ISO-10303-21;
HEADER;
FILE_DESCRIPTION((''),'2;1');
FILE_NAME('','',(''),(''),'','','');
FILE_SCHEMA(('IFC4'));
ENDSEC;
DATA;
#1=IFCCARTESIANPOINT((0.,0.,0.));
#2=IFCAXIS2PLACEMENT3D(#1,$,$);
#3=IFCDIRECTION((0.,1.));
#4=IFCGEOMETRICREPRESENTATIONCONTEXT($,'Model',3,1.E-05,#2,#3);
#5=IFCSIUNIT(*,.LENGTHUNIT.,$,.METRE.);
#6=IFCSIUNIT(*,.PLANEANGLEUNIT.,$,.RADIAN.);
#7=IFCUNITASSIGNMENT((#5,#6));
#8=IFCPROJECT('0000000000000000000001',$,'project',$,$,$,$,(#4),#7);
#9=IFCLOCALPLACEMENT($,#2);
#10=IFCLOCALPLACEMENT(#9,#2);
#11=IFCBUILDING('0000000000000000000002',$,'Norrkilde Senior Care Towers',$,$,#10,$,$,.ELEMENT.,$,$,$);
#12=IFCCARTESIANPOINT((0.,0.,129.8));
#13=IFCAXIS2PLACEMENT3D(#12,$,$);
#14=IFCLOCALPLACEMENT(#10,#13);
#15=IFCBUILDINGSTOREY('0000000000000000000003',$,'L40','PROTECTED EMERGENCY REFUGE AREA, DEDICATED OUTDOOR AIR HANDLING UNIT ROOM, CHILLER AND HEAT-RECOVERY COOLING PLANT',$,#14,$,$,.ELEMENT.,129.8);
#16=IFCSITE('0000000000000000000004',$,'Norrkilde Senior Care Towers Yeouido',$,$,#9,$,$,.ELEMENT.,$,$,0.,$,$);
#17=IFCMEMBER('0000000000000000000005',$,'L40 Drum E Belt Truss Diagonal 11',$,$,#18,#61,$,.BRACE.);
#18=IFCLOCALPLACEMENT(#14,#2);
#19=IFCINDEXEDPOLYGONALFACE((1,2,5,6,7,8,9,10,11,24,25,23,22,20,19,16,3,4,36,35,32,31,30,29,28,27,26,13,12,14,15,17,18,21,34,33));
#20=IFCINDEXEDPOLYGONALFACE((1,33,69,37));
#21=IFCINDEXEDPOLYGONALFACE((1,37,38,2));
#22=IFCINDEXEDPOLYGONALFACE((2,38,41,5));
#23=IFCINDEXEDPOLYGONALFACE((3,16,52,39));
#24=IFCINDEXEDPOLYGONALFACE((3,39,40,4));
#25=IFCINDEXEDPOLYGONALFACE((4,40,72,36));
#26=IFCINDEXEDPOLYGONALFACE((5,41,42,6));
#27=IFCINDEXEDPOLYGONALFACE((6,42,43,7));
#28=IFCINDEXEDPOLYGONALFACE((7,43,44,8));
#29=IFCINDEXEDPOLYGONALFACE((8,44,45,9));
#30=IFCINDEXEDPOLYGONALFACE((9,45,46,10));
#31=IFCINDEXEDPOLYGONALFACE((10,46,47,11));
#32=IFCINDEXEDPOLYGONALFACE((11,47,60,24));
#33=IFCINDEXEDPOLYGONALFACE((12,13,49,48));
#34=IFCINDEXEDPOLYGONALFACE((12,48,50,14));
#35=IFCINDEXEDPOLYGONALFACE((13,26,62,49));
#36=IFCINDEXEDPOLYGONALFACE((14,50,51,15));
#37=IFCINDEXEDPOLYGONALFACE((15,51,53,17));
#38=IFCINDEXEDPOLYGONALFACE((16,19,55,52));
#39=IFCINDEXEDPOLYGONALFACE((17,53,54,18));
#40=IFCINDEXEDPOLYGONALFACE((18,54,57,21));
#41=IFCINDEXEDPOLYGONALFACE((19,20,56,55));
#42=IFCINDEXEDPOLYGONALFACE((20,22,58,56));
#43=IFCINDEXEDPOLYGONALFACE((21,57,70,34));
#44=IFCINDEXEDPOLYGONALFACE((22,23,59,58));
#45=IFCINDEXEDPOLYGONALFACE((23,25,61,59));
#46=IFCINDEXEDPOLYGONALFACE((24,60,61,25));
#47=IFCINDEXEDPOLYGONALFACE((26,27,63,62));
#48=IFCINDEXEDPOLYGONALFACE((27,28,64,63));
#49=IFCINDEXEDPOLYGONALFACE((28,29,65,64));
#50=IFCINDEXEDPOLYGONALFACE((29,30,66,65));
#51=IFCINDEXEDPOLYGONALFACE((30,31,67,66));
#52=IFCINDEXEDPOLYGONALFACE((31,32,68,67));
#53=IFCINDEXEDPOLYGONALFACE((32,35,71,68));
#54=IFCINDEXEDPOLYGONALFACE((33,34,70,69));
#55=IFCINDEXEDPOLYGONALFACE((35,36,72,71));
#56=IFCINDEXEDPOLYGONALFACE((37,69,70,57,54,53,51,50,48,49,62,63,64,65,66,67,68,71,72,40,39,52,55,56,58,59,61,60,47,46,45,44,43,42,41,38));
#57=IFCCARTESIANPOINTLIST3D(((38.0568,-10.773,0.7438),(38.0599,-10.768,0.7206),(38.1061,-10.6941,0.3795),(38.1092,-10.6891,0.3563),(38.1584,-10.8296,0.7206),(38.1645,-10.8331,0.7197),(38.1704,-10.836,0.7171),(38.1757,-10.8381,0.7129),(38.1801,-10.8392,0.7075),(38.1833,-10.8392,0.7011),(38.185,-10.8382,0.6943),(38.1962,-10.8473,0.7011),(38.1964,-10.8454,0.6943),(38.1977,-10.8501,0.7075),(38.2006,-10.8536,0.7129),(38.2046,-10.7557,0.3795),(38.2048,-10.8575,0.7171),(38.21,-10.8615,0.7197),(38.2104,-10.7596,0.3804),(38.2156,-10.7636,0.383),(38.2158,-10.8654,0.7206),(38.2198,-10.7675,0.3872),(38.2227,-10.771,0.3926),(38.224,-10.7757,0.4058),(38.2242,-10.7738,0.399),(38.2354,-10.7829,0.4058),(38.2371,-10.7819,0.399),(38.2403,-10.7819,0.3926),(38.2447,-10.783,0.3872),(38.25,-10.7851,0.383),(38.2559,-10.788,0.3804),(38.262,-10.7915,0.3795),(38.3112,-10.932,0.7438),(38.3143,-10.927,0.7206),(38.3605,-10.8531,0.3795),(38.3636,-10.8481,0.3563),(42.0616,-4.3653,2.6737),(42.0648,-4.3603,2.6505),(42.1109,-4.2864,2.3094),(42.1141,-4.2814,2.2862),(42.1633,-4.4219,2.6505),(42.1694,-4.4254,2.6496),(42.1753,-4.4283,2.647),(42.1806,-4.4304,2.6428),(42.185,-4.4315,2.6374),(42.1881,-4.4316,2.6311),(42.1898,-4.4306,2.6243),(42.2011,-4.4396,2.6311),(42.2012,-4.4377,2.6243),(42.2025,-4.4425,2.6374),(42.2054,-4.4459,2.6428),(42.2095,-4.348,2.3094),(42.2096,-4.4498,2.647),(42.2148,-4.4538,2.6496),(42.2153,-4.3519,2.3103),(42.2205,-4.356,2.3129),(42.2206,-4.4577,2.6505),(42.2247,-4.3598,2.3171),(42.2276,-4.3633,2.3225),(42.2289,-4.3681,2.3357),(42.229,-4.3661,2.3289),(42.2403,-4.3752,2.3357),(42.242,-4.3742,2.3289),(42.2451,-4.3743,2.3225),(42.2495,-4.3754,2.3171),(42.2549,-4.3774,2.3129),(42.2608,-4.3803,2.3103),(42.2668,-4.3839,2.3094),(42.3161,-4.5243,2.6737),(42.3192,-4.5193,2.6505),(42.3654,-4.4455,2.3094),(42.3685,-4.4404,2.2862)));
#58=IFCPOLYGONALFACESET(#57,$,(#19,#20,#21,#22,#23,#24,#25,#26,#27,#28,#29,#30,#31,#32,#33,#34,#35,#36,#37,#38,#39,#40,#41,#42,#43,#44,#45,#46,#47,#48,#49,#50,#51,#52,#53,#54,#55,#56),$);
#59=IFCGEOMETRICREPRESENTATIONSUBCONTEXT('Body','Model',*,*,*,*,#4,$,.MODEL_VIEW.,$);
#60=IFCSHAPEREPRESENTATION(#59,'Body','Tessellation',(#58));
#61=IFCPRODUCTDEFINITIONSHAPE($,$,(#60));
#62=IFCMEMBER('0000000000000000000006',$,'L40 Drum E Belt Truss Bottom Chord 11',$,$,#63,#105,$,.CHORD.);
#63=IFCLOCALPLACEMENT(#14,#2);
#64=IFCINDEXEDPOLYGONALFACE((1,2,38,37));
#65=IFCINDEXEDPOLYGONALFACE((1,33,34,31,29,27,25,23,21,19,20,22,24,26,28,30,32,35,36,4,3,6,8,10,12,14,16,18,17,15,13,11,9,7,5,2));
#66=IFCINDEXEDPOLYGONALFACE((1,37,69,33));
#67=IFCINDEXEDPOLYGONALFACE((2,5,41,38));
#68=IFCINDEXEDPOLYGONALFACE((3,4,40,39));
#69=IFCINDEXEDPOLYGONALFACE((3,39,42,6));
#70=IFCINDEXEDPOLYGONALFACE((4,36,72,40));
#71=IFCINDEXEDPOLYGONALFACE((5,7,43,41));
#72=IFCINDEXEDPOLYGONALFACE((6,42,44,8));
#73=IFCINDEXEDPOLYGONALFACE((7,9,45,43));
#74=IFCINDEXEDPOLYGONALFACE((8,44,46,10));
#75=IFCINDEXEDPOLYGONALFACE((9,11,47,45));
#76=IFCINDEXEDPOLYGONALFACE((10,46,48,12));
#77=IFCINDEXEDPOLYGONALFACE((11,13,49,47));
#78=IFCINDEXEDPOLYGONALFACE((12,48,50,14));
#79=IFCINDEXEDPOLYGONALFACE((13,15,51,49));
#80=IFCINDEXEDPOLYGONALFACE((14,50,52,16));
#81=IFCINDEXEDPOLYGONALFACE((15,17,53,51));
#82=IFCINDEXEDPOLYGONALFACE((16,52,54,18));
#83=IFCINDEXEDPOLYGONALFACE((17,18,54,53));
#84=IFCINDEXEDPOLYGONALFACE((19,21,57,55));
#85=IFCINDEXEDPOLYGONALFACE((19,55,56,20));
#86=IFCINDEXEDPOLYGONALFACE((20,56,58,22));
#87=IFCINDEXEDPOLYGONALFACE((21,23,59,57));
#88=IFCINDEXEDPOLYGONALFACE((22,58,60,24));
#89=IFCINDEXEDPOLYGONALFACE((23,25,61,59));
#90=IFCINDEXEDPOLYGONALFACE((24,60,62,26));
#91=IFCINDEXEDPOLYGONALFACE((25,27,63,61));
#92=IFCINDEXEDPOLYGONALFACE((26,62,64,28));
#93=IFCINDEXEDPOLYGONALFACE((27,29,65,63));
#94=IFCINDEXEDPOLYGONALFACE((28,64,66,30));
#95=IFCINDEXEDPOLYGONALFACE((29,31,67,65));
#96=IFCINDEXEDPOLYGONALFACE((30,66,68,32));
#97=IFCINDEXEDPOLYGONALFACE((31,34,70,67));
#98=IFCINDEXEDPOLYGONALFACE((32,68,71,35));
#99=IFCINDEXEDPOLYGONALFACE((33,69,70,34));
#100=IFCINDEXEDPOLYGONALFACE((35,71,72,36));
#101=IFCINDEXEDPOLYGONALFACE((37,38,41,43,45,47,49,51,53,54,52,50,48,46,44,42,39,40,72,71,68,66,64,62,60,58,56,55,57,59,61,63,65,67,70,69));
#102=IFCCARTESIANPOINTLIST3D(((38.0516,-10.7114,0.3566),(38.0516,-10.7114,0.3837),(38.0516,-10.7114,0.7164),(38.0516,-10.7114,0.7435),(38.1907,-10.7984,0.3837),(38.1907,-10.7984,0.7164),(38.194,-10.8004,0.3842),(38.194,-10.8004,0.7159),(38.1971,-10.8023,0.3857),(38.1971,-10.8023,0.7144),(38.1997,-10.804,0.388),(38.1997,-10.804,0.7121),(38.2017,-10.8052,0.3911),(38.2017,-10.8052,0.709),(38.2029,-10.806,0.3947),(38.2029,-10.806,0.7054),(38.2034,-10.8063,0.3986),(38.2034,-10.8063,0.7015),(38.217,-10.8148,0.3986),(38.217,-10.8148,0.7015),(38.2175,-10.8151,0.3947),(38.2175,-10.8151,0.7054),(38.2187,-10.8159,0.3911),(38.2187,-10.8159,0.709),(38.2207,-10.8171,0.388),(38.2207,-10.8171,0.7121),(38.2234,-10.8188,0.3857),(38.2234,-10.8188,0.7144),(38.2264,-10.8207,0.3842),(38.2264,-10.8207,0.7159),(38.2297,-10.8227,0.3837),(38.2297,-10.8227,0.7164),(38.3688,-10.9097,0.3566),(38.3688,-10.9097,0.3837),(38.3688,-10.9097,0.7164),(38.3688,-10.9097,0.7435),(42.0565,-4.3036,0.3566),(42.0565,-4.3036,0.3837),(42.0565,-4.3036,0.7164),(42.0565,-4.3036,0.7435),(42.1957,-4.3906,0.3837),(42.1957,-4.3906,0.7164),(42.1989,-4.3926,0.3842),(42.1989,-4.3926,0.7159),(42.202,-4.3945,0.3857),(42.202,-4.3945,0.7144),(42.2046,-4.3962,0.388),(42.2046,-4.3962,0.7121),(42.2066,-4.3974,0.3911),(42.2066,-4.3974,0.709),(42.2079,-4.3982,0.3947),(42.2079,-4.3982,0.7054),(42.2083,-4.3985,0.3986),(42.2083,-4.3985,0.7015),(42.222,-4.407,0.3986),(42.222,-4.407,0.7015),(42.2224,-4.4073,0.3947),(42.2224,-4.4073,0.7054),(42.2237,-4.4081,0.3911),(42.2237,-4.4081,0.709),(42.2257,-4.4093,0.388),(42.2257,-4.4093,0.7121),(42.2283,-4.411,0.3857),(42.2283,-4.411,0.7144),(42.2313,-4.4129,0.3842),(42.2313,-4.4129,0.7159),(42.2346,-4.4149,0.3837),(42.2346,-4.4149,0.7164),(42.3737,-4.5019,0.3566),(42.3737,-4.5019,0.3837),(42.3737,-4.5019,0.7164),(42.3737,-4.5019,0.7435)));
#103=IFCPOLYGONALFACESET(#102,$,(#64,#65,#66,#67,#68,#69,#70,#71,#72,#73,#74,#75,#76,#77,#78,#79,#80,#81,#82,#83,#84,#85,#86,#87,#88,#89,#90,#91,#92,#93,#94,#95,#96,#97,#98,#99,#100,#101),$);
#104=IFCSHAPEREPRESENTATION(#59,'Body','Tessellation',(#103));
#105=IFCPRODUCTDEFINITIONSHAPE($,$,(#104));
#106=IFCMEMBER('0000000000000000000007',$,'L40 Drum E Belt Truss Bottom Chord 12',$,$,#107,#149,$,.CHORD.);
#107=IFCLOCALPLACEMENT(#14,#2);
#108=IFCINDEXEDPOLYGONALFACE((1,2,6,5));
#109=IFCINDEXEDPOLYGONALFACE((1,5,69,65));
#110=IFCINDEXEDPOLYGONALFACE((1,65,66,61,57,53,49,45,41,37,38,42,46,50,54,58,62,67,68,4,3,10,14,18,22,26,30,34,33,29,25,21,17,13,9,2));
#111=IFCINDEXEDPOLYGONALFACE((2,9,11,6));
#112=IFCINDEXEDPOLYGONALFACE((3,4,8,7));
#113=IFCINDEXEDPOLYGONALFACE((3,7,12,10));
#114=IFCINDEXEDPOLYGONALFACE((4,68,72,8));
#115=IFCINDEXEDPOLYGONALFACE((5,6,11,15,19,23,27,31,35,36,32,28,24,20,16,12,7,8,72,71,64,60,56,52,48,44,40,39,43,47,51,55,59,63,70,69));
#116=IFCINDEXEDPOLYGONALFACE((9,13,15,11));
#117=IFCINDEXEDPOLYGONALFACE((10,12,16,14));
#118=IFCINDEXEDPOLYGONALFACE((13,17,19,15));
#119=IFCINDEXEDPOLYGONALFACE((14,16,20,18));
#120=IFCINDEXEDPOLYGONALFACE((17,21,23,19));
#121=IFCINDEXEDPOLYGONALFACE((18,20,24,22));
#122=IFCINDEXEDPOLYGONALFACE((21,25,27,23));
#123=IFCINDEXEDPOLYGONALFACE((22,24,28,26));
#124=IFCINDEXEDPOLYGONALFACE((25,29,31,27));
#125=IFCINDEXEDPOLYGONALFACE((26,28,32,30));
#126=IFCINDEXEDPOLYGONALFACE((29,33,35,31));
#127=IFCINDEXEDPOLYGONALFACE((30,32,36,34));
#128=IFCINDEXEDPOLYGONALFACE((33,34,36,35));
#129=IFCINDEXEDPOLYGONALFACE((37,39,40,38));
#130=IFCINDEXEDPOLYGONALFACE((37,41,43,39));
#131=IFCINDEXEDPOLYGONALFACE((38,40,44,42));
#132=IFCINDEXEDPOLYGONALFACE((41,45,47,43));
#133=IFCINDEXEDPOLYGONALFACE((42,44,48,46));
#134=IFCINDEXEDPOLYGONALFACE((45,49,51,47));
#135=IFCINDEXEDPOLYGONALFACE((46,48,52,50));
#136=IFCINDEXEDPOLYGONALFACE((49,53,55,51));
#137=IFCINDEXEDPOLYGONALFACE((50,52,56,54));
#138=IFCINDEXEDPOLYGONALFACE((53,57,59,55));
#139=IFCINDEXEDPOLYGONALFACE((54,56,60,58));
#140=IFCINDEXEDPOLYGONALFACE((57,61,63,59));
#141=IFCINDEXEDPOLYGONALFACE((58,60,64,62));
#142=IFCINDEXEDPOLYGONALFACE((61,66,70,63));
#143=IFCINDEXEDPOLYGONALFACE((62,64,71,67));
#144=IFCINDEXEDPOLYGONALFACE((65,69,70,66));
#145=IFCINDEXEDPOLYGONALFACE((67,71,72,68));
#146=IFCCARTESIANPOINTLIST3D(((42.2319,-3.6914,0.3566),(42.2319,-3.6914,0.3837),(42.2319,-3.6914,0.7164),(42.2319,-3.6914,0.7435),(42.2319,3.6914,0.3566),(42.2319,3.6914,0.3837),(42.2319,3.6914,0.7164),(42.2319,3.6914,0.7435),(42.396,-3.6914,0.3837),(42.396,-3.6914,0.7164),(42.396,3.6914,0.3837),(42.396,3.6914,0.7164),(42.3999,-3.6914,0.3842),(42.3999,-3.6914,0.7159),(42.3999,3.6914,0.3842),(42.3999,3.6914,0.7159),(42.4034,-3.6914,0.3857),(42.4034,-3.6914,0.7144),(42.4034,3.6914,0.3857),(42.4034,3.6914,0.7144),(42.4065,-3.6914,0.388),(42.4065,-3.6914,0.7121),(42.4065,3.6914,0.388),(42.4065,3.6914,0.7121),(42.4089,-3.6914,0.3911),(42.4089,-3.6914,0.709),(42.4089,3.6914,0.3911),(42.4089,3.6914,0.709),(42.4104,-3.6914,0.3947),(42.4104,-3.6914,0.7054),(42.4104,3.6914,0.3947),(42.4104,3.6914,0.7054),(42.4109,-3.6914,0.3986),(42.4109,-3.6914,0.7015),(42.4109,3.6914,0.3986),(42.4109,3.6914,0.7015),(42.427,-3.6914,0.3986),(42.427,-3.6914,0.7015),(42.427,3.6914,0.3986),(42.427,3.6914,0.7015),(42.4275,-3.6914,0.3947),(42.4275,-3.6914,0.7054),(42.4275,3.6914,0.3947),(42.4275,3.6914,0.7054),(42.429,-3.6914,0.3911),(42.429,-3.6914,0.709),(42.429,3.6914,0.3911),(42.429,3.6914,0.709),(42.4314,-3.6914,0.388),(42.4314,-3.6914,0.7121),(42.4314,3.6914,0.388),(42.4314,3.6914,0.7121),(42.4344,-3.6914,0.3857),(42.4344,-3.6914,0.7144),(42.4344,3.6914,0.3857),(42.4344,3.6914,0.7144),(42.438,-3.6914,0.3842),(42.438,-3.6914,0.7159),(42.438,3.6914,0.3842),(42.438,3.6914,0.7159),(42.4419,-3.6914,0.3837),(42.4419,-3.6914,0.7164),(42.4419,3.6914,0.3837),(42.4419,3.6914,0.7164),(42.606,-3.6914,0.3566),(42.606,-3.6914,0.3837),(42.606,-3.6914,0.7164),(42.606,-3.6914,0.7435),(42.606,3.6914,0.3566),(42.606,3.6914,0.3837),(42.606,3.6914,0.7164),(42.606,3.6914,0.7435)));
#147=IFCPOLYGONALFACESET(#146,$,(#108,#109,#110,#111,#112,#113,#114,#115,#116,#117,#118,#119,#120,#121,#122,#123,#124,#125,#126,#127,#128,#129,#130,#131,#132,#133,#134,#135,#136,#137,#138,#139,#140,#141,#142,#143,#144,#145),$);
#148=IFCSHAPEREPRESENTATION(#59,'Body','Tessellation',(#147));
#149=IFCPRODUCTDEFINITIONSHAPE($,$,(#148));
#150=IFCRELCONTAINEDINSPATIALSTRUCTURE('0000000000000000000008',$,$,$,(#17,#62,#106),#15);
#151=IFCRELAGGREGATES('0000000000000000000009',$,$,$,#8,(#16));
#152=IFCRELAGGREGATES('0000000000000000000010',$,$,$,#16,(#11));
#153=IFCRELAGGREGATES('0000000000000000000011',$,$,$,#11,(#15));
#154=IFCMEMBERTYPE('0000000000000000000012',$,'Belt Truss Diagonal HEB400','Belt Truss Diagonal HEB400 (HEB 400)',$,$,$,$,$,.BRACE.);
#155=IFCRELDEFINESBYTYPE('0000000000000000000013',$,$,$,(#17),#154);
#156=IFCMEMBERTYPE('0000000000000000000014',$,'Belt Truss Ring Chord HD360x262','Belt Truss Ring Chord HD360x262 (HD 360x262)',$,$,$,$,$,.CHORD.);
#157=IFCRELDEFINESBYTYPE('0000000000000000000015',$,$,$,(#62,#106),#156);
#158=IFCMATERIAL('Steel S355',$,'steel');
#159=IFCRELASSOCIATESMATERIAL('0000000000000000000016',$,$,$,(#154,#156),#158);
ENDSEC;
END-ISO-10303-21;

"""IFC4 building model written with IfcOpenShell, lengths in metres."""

from ifc_helpers import new_model, si_unit, direction, frame, origin, origin_2d, place, context, subcontext, project, spatial, i_section, extrude, source, transform, mapped, material, material_profile, profile_set, type_object, type_shapes, element, save


model = new_model("IFC4")

# Units and contexts
model_context = context("Model", 3, precision=1e-05, world=origin(), true_north=direction((0.0, 1.0)))
body_context = subcontext(model_context, "Body", "Model", "MODEL_VIEW")
ifc_project = project(units=[si_unit("LENGTHUNIT", "METRE"), si_unit("PLANEANGLEUNIT", "RADIAN")], contexts=[model_context])

# Site, building, storey
site_placement = place(None, origin())
site = spatial("IfcSite", under=ifc_project, at=site_placement, Name="Norrkilde Senior Care Towers Yeouido", CompositionType="ELEMENT", RefElevation=0.0)
building_placement = place(site_placement, origin())
building = spatial("IfcBuilding", under=site, at=building_placement, Name="Norrkilde Senior Care Towers", CompositionType="ELEMENT")
storey_placement = place(building_placement, frame((0.0, 0.0, 129.8)))
storey = spatial("IfcBuildingStorey", under=building, at=storey_placement, Name="L40", Description="PROTECTED EMERGENCY REFUGE AREA, DEDICATED OUTDOOR AIR HANDLING UNIT ROOM, CHILLER AND HEAT-RECOVERY COOLING PLANT", CompositionType="ELEMENT", Elevation=129.8)

# Members
ifc_material_1 = material(Name="Steel S355", Category="steel")
ifc_material_profile_1 = material_profile(ifc_material_1, i_section(OverallWidth=0.3, OverallDepth=0.3999, WebThickness=0.0134, FlangeThickness=0.0239, FilletRadius=0.0271, at=origin_2d()), Name="HEB 400")
ifc_profile_set_1 = profile_set([ifc_material_profile_1], Name="Steel S355")
member_type_1 = type_object("IfcMemberType", Name="Belt Truss Diagonal HEB400", Description="Belt Truss Diagonal HEB400 (HEB 400)", PredefinedType="BRACE", material=ifc_profile_set_1)
shared_shape_1 = source(origin(), body_context, "Body", "SweptSolid", [
    extrude(i_section(OverallWidth=0.3, OverallDepth=0.3999, WebThickness=0.0134, FlangeThickness=0.0239, FilletRadius=0.0271, at=origin_2d()), origin(), (0.0, 0.0, 1.0), 7.7988),
])
member_1_placement = place(storey_placement, frame((38.2102, -10.8105, 0.55), z_axis=(0.51352, 0.82162, 0.247463), x_axis=(-0.847995, 0.530005, 0.0)))
element("IfcMember", 1, at=member_1_placement, inside=storey, type_object=member_type_1, Name="L40 Drum E Belt Truss Diagonal 11", PredefinedType="BRACE", context=body_context, shape_type="MappedRepresentation", body=[
    mapped(shared_shape_1, transform((0.0, 0.0, 0.0), x_axis=(1.0, 0.0, 0.0), y_axis=(0.0, 1.0, 0.0), z_axis=(0.0, 0.0, 1.0), scale=1.0)),
])
ifc_material_profile_2 = material_profile(ifc_material_1, i_section(OverallWidth=0.374, OverallDepth=0.387, WebThickness=0.0161, FlangeThickness=0.0271, FilletRadius=0.0149, at=origin_2d()), Name="HD 360x262")
ifc_profile_set_2 = profile_set([ifc_material_profile_2], Name="Steel S355")
member_type_2 = type_object("IfcMemberType", Name="Belt Truss Ring Chord HD360x262", Description="Belt Truss Ring Chord HD360x262 (HD 360x262)", PredefinedType="CHORD", material=ifc_profile_set_2)
shared_shape_2 = source(origin(), body_context, "Body", "SweptSolid", [
    extrude(i_section(OverallWidth=0.374, OverallDepth=0.387, WebThickness=0.0161, FlangeThickness=0.0271, FilletRadius=0.0149, at=origin_2d()), origin(), (0.0, 0.0, 1.0), 7.5564),
])
member_2_placement = place(storey_placement, frame((38.2102, -10.8105, 0.55), z_axis=(0.530005, 0.847995, 0.0), x_axis=(-0.847995, 0.530005, 0.0)))
element("IfcMember", 2, at=member_2_placement, inside=storey, type_object=member_type_2, Name="L40 Drum E Belt Truss Bottom Chord 11", PredefinedType="CHORD", context=body_context, shape_type="MappedRepresentation", body=[
    mapped(shared_shape_2, transform((0.0, 0.0, 0.0), x_axis=(1.0, 0.0, 0.0), y_axis=(0.0, 1.0, 0.0), z_axis=(0.0, 0.0, 1.0), scale=1.0)),
])
shared_shape_3 = source(origin(), body_context, "Body", "SweptSolid", [
    extrude(i_section(OverallWidth=0.374, OverallDepth=0.387, WebThickness=0.0161, FlangeThickness=0.0271, FilletRadius=0.0149, at=origin_2d()), origin(), (0.0, 0.0, 1.0), 7.3828),
])
type_shapes(member_type_2, [shared_shape_2, shared_shape_3])
member_3_placement = place(storey_placement, frame((42.4189, -3.6914, 0.55), z_axis=(0.0, 1.0, 0.0), x_axis=(-1.0, 0.0, 0.0)))
element("IfcMember", 3, at=member_3_placement, inside=storey, type_object=member_type_2, Name="L40 Drum E Belt Truss Bottom Chord 12", PredefinedType="CHORD", context=body_context, shape_type="MappedRepresentation", body=[
    mapped(shared_shape_3, transform((0.0, 0.0, 0.0), x_axis=(1.0, 0.0, 0.0), y_axis=(0.0, 1.0, 0.0), z_axis=(0.0, 0.0, 1.0), scale=1.0)),
])

save(model, "model.ifc")
